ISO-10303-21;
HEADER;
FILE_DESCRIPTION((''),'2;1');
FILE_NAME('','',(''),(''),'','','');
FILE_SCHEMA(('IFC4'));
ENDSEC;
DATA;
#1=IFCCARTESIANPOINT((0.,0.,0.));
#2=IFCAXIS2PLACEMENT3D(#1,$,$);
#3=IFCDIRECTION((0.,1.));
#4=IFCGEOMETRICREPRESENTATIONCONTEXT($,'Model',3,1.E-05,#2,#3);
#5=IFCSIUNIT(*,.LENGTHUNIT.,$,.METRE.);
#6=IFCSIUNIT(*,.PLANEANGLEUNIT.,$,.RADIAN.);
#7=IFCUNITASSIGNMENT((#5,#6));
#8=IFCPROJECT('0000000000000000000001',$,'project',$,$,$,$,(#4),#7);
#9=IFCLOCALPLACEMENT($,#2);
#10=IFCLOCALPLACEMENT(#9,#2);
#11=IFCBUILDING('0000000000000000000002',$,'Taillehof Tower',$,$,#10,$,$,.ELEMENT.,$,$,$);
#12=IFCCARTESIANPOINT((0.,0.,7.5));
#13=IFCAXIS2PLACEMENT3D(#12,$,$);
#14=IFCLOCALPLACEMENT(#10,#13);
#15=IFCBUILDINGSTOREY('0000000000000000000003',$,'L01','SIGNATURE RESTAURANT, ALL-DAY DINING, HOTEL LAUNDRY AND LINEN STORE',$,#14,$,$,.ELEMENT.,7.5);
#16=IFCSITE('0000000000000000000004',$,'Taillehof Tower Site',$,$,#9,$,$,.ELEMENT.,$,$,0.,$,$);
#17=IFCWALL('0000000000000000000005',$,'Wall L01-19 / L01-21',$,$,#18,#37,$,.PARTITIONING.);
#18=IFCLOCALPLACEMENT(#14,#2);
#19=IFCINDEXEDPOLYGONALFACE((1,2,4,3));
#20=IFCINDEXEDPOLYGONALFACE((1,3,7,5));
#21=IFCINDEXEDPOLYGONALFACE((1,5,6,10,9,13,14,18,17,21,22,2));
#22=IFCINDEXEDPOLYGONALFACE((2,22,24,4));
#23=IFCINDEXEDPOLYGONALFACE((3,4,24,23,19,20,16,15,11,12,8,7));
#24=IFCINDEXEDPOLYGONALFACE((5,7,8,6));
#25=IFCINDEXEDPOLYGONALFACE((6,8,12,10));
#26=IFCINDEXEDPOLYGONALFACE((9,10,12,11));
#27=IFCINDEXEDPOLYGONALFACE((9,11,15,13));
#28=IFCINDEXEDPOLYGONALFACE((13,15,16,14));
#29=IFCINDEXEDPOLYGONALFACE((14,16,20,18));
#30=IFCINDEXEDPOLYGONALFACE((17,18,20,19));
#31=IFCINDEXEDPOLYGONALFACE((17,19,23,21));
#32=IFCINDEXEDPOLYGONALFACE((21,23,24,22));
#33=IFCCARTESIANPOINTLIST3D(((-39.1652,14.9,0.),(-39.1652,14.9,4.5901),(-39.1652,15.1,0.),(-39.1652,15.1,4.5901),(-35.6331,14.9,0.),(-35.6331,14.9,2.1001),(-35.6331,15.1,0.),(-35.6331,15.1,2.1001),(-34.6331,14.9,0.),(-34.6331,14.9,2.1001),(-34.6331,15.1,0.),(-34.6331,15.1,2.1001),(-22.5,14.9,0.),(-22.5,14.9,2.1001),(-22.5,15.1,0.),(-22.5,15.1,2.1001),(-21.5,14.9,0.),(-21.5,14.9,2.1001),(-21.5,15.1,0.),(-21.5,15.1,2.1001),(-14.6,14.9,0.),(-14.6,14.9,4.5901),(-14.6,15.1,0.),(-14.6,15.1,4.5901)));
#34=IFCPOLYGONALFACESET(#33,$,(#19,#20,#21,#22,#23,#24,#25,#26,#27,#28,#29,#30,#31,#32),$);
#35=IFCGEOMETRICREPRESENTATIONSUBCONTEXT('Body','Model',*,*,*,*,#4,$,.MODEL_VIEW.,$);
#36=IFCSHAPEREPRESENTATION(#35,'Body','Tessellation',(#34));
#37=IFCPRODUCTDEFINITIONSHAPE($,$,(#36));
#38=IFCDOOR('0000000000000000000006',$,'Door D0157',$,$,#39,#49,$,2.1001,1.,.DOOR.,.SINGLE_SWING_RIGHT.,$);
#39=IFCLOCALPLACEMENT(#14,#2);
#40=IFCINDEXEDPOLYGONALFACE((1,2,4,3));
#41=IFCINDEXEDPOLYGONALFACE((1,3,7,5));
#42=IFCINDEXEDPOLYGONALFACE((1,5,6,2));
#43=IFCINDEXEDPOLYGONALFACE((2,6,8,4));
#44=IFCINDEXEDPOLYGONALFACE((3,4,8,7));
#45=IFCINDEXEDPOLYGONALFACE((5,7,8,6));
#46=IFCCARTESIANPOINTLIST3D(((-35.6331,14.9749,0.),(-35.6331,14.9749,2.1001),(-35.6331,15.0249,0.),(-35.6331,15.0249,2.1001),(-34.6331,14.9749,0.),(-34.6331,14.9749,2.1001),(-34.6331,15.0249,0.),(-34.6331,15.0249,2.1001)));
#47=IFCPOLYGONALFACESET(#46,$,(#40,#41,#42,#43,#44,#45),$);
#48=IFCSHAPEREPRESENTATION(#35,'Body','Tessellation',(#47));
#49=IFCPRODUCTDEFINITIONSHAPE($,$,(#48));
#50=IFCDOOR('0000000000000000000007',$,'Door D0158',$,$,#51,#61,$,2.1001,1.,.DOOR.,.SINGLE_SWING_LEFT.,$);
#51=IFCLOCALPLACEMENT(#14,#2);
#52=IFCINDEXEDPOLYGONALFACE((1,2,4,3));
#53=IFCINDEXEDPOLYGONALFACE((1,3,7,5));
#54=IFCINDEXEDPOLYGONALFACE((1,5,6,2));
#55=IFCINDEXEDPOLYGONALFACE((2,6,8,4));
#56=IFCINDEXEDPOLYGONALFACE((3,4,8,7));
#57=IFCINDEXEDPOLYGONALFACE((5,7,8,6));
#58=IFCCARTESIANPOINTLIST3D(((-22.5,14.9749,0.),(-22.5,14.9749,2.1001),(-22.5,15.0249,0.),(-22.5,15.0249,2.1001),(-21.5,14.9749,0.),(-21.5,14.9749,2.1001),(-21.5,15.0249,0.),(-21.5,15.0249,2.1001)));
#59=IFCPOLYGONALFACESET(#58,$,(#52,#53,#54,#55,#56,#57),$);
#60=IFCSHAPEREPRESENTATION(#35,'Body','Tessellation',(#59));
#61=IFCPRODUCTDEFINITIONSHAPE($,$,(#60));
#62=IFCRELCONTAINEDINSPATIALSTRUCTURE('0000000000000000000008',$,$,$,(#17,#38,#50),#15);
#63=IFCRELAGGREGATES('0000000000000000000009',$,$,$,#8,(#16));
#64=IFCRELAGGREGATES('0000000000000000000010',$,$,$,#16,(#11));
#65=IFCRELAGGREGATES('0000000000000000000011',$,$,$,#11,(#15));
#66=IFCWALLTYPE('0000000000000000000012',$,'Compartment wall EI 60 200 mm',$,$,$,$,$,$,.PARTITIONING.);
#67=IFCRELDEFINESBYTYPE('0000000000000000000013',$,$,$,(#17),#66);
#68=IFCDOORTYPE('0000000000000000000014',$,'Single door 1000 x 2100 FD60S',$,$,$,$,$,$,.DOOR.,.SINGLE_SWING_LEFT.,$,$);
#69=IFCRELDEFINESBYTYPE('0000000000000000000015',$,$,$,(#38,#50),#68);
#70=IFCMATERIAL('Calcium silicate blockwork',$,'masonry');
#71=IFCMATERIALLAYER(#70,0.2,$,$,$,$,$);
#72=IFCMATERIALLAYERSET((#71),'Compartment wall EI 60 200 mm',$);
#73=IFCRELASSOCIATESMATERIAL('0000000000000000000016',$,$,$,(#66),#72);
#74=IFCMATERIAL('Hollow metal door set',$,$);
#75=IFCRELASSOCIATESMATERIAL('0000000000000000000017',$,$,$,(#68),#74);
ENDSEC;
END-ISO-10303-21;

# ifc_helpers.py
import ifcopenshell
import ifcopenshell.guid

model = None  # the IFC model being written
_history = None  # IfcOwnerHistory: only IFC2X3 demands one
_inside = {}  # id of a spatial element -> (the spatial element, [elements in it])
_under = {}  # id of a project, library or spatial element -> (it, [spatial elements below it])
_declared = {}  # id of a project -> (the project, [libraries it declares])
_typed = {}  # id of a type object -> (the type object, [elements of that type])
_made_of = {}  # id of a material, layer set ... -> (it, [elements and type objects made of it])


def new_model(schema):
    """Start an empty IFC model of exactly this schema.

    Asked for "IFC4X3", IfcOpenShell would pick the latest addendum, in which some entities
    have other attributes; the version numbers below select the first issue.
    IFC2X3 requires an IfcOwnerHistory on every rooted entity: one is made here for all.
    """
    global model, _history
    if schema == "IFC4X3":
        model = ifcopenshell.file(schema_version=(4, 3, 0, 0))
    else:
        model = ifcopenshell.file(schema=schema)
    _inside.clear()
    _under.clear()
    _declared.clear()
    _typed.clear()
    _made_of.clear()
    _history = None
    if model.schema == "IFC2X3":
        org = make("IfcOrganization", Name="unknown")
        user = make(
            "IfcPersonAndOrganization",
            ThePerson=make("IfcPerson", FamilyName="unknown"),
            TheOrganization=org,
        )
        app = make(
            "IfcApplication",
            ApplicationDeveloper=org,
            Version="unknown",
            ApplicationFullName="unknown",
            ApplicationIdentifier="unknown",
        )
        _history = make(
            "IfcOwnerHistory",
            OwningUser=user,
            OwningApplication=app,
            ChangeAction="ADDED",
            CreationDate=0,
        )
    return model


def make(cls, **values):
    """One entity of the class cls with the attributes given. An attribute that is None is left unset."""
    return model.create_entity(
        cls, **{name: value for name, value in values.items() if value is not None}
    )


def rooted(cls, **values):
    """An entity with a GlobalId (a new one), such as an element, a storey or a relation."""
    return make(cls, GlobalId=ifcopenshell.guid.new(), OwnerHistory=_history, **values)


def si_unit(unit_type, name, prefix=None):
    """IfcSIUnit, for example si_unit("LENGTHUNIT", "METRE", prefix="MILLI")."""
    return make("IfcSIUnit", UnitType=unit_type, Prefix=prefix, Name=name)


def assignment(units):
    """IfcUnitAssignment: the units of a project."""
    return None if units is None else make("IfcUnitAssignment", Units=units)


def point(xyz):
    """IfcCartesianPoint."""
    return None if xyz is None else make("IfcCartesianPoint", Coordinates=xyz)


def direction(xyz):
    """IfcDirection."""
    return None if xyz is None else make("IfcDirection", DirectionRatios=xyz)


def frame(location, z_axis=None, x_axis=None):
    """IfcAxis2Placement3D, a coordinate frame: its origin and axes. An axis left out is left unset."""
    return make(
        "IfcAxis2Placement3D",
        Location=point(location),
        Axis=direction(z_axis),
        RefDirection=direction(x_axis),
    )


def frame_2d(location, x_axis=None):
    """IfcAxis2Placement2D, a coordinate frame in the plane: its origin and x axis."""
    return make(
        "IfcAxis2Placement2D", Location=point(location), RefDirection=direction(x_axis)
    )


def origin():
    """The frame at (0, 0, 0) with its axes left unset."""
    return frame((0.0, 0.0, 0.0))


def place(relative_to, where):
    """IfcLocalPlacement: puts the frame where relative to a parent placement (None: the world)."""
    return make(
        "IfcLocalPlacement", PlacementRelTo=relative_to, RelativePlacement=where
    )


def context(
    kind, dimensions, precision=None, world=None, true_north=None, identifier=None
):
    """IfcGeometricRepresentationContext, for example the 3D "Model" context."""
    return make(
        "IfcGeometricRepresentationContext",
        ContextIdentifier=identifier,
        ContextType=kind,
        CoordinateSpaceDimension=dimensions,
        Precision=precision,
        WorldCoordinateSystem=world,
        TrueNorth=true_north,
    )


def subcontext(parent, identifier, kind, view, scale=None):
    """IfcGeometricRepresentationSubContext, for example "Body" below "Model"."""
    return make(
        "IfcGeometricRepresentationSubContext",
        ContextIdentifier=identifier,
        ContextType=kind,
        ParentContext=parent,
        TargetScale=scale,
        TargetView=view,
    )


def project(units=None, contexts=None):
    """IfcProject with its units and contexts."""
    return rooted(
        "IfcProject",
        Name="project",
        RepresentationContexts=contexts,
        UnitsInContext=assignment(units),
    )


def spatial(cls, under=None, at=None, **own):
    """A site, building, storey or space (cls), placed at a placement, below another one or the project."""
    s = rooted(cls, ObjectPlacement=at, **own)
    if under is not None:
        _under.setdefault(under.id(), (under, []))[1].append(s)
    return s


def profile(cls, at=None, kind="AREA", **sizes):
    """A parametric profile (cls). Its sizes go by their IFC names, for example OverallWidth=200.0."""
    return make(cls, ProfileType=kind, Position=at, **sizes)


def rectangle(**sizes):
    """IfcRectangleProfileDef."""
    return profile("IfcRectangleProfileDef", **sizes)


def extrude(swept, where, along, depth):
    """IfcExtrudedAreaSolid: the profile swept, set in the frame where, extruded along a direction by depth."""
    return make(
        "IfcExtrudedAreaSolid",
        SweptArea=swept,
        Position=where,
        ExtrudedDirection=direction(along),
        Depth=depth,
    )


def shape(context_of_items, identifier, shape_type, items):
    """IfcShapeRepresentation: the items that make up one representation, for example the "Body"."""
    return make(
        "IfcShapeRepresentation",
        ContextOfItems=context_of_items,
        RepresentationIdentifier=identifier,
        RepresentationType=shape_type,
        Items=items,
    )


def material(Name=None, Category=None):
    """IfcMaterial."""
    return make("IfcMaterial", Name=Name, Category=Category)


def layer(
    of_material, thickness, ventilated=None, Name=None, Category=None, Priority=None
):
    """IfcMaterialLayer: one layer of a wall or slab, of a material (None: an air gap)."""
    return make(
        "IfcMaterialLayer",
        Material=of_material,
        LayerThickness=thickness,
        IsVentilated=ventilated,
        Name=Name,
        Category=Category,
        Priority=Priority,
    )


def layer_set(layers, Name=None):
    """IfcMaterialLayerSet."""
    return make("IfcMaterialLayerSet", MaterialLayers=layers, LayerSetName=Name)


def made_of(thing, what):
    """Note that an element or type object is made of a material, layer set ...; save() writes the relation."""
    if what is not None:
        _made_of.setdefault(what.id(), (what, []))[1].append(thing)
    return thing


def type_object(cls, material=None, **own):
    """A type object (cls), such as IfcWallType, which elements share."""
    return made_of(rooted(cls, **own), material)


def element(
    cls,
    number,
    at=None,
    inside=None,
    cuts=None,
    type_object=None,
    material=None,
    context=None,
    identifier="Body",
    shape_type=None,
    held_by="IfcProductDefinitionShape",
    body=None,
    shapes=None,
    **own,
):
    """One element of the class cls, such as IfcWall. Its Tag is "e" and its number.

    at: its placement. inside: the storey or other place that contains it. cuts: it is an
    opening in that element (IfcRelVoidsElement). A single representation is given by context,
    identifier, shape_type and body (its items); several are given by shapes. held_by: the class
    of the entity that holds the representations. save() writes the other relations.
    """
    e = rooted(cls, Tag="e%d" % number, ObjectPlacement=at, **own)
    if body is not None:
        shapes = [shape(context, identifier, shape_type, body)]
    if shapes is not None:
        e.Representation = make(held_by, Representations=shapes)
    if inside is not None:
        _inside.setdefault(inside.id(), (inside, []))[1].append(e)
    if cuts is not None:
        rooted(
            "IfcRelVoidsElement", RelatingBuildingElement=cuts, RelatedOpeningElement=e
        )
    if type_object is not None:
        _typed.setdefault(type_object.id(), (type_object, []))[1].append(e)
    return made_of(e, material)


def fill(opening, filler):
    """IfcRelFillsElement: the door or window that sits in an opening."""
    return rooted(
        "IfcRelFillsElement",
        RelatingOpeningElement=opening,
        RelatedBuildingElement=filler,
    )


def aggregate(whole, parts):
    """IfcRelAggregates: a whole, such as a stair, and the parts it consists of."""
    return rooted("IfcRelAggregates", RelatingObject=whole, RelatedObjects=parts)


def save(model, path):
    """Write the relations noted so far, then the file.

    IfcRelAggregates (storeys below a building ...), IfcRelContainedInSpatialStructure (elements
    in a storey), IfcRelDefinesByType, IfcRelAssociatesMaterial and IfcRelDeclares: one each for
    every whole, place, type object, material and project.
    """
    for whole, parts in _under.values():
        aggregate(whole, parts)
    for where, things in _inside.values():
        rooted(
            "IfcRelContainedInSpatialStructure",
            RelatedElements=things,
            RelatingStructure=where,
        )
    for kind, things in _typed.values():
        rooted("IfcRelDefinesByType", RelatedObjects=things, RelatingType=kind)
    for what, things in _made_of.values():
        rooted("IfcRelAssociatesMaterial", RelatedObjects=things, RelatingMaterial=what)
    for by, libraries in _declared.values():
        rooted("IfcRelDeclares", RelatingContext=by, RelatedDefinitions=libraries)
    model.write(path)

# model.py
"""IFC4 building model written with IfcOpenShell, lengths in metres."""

from ifc_helpers import new_model, si_unit, direction, frame, frame_2d, origin, place, context, subcontext, project, spatial, rectangle, extrude, material, layer, layer_set, type_object, element, fill, save


model = new_model("IFC4")

# Units and contexts
model_context = context("Model", 3, precision=1e-05, world=origin(), true_north=direction((0.0, 1.0)))
body_context = subcontext(model_context, "Body", "Model", "MODEL_VIEW")
ifc_project = project(units=[si_unit("LENGTHUNIT", "METRE"), si_unit("PLANEANGLEUNIT", "RADIAN")], contexts=[model_context])

# Site, building, storey
site_placement = place(None, origin())
site = spatial("IfcSite", under=ifc_project, at=site_placement, Name="Taillehof Tower Site", CompositionType="ELEMENT", RefElevation=0.0)
building_placement = place(site_placement, origin())
building = spatial("IfcBuilding", under=site, at=building_placement, Name="Taillehof Tower", CompositionType="ELEMENT")
storey_placement = place(building_placement, frame((0.0, 0.0, 7.5)))
storey = spatial("IfcBuildingStorey", under=building, at=storey_placement, Name="L01", Description="SIGNATURE RESTAURANT, ALL-DAY DINING, HOTEL LAUNDRY AND LINEN STORE", CompositionType="ELEMENT", Elevation=7.5)

# Wall, openings, doors
ifc_material_1 = material(Name="Calcium silicate blockwork", Category="masonry")
ifc_layer_1 = layer(ifc_material_1, 0.2)
ifc_layer_set_1 = layer_set([ifc_layer_1], Name="Compartment wall EI 60 200 mm")
wall_type = type_object("IfcWallType", Name="Compartment wall EI 60 200 mm", PredefinedType="PARTITIONING", material=ifc_layer_set_1)
wall_placement = place(storey_placement, frame((-39.1653, 15.0, 0.0), z_axis=(0.0, 0.0, 1.0), x_axis=(1.0, 0.0, 0.0)))
wall = element("IfcWall", 1, at=wall_placement, inside=storey, type_object=wall_type, Name="Wall L01-19 / L01-21", PredefinedType="PARTITIONING", context=body_context, shape_type="SweptSolid", body=[
    extrude(rectangle(XDim=24.5652, YDim=0.2, at=frame_2d((12.2827, 0.0))), origin(), (0.0, 0.0, 1.0), 4.5901),
])
opening_1_placement = place(wall_placement, frame((3.5322, 0.0, 0.0)))
opening_1 = element("IfcOpeningElement", 2, at=opening_1_placement, cuts=wall, PredefinedType="OPENING", context=body_context, shape_type="SweptSolid", body=[
    extrude(rectangle(XDim=1.0, YDim=2.1001, at=frame_2d((0.5, 1.05))), frame((0.0, 0.1099, 0.0), z_axis=(0.0, -1.0, 0.0), x_axis=(1.0, 0.0, 0.0)), (0.0, 0.0, 1.0), 0.22),
])
opening_2_placement = place(wall_placement, frame((16.6653, 0.0, 0.0)))
opening_2 = element("IfcOpeningElement", 3, at=opening_2_placement, cuts=wall, PredefinedType="OPENING", context=body_context, shape_type="SweptSolid", body=[
    extrude(rectangle(XDim=1.0, YDim=2.1001, at=frame_2d((0.5, 1.05))), frame((0.0, 0.1099, 0.0), z_axis=(0.0, -1.0, 0.0), x_axis=(1.0, 0.0, 0.0)), (0.0, 0.0, 1.0), 0.22),
])
ifc_material_2 = material(Name="Hollow metal door set")
door_type = type_object("IfcDoorType", Name="Single door 1000 x 2100 FD60S", OperationType="SINGLE_SWING_LEFT", PredefinedType="DOOR", material=ifc_material_2)
door_1_placement = place(opening_1_placement, origin())
door_1 = element("IfcDoor", 4, at=door_1_placement, inside=storey, type_object=door_type, Name="Door D0157", OperationType="SINGLE_SWING_RIGHT", OverallHeight=2.1001, OverallWidth=1.0, PredefinedType="DOOR", context=body_context, shape_type="SweptSolid", body=[
    extrude(rectangle(XDim=1.0, YDim=2.1001, at=frame_2d((0.5, 1.05))), frame((0.0, 0.0249, 0.0), z_axis=(0.0, -1.0, 0.0), x_axis=(1.0, 0.0, 0.0)), (0.0, 0.0, 1.0), 0.05),
])
fill(opening_1, door_1)
door_2_placement = place(opening_2_placement, origin())
door_2 = element("IfcDoor", 5, at=door_2_placement, inside=storey, type_object=door_type, Name="Door D0158", OperationType="SINGLE_SWING_LEFT", OverallHeight=2.1001, OverallWidth=1.0, PredefinedType="DOOR", context=body_context, shape_type="SweptSolid", body=[
    extrude(rectangle(XDim=1.0, YDim=2.1001, at=frame_2d((0.5, 1.05))), frame((0.0, 0.0249, 0.0), z_axis=(0.0, -1.0, 0.0), x_axis=(1.0, 0.0, 0.0)), (0.0, 0.0, 1.0), 0.05),
])
fill(opening_2, door_2)

save(model, "model.ifc")
